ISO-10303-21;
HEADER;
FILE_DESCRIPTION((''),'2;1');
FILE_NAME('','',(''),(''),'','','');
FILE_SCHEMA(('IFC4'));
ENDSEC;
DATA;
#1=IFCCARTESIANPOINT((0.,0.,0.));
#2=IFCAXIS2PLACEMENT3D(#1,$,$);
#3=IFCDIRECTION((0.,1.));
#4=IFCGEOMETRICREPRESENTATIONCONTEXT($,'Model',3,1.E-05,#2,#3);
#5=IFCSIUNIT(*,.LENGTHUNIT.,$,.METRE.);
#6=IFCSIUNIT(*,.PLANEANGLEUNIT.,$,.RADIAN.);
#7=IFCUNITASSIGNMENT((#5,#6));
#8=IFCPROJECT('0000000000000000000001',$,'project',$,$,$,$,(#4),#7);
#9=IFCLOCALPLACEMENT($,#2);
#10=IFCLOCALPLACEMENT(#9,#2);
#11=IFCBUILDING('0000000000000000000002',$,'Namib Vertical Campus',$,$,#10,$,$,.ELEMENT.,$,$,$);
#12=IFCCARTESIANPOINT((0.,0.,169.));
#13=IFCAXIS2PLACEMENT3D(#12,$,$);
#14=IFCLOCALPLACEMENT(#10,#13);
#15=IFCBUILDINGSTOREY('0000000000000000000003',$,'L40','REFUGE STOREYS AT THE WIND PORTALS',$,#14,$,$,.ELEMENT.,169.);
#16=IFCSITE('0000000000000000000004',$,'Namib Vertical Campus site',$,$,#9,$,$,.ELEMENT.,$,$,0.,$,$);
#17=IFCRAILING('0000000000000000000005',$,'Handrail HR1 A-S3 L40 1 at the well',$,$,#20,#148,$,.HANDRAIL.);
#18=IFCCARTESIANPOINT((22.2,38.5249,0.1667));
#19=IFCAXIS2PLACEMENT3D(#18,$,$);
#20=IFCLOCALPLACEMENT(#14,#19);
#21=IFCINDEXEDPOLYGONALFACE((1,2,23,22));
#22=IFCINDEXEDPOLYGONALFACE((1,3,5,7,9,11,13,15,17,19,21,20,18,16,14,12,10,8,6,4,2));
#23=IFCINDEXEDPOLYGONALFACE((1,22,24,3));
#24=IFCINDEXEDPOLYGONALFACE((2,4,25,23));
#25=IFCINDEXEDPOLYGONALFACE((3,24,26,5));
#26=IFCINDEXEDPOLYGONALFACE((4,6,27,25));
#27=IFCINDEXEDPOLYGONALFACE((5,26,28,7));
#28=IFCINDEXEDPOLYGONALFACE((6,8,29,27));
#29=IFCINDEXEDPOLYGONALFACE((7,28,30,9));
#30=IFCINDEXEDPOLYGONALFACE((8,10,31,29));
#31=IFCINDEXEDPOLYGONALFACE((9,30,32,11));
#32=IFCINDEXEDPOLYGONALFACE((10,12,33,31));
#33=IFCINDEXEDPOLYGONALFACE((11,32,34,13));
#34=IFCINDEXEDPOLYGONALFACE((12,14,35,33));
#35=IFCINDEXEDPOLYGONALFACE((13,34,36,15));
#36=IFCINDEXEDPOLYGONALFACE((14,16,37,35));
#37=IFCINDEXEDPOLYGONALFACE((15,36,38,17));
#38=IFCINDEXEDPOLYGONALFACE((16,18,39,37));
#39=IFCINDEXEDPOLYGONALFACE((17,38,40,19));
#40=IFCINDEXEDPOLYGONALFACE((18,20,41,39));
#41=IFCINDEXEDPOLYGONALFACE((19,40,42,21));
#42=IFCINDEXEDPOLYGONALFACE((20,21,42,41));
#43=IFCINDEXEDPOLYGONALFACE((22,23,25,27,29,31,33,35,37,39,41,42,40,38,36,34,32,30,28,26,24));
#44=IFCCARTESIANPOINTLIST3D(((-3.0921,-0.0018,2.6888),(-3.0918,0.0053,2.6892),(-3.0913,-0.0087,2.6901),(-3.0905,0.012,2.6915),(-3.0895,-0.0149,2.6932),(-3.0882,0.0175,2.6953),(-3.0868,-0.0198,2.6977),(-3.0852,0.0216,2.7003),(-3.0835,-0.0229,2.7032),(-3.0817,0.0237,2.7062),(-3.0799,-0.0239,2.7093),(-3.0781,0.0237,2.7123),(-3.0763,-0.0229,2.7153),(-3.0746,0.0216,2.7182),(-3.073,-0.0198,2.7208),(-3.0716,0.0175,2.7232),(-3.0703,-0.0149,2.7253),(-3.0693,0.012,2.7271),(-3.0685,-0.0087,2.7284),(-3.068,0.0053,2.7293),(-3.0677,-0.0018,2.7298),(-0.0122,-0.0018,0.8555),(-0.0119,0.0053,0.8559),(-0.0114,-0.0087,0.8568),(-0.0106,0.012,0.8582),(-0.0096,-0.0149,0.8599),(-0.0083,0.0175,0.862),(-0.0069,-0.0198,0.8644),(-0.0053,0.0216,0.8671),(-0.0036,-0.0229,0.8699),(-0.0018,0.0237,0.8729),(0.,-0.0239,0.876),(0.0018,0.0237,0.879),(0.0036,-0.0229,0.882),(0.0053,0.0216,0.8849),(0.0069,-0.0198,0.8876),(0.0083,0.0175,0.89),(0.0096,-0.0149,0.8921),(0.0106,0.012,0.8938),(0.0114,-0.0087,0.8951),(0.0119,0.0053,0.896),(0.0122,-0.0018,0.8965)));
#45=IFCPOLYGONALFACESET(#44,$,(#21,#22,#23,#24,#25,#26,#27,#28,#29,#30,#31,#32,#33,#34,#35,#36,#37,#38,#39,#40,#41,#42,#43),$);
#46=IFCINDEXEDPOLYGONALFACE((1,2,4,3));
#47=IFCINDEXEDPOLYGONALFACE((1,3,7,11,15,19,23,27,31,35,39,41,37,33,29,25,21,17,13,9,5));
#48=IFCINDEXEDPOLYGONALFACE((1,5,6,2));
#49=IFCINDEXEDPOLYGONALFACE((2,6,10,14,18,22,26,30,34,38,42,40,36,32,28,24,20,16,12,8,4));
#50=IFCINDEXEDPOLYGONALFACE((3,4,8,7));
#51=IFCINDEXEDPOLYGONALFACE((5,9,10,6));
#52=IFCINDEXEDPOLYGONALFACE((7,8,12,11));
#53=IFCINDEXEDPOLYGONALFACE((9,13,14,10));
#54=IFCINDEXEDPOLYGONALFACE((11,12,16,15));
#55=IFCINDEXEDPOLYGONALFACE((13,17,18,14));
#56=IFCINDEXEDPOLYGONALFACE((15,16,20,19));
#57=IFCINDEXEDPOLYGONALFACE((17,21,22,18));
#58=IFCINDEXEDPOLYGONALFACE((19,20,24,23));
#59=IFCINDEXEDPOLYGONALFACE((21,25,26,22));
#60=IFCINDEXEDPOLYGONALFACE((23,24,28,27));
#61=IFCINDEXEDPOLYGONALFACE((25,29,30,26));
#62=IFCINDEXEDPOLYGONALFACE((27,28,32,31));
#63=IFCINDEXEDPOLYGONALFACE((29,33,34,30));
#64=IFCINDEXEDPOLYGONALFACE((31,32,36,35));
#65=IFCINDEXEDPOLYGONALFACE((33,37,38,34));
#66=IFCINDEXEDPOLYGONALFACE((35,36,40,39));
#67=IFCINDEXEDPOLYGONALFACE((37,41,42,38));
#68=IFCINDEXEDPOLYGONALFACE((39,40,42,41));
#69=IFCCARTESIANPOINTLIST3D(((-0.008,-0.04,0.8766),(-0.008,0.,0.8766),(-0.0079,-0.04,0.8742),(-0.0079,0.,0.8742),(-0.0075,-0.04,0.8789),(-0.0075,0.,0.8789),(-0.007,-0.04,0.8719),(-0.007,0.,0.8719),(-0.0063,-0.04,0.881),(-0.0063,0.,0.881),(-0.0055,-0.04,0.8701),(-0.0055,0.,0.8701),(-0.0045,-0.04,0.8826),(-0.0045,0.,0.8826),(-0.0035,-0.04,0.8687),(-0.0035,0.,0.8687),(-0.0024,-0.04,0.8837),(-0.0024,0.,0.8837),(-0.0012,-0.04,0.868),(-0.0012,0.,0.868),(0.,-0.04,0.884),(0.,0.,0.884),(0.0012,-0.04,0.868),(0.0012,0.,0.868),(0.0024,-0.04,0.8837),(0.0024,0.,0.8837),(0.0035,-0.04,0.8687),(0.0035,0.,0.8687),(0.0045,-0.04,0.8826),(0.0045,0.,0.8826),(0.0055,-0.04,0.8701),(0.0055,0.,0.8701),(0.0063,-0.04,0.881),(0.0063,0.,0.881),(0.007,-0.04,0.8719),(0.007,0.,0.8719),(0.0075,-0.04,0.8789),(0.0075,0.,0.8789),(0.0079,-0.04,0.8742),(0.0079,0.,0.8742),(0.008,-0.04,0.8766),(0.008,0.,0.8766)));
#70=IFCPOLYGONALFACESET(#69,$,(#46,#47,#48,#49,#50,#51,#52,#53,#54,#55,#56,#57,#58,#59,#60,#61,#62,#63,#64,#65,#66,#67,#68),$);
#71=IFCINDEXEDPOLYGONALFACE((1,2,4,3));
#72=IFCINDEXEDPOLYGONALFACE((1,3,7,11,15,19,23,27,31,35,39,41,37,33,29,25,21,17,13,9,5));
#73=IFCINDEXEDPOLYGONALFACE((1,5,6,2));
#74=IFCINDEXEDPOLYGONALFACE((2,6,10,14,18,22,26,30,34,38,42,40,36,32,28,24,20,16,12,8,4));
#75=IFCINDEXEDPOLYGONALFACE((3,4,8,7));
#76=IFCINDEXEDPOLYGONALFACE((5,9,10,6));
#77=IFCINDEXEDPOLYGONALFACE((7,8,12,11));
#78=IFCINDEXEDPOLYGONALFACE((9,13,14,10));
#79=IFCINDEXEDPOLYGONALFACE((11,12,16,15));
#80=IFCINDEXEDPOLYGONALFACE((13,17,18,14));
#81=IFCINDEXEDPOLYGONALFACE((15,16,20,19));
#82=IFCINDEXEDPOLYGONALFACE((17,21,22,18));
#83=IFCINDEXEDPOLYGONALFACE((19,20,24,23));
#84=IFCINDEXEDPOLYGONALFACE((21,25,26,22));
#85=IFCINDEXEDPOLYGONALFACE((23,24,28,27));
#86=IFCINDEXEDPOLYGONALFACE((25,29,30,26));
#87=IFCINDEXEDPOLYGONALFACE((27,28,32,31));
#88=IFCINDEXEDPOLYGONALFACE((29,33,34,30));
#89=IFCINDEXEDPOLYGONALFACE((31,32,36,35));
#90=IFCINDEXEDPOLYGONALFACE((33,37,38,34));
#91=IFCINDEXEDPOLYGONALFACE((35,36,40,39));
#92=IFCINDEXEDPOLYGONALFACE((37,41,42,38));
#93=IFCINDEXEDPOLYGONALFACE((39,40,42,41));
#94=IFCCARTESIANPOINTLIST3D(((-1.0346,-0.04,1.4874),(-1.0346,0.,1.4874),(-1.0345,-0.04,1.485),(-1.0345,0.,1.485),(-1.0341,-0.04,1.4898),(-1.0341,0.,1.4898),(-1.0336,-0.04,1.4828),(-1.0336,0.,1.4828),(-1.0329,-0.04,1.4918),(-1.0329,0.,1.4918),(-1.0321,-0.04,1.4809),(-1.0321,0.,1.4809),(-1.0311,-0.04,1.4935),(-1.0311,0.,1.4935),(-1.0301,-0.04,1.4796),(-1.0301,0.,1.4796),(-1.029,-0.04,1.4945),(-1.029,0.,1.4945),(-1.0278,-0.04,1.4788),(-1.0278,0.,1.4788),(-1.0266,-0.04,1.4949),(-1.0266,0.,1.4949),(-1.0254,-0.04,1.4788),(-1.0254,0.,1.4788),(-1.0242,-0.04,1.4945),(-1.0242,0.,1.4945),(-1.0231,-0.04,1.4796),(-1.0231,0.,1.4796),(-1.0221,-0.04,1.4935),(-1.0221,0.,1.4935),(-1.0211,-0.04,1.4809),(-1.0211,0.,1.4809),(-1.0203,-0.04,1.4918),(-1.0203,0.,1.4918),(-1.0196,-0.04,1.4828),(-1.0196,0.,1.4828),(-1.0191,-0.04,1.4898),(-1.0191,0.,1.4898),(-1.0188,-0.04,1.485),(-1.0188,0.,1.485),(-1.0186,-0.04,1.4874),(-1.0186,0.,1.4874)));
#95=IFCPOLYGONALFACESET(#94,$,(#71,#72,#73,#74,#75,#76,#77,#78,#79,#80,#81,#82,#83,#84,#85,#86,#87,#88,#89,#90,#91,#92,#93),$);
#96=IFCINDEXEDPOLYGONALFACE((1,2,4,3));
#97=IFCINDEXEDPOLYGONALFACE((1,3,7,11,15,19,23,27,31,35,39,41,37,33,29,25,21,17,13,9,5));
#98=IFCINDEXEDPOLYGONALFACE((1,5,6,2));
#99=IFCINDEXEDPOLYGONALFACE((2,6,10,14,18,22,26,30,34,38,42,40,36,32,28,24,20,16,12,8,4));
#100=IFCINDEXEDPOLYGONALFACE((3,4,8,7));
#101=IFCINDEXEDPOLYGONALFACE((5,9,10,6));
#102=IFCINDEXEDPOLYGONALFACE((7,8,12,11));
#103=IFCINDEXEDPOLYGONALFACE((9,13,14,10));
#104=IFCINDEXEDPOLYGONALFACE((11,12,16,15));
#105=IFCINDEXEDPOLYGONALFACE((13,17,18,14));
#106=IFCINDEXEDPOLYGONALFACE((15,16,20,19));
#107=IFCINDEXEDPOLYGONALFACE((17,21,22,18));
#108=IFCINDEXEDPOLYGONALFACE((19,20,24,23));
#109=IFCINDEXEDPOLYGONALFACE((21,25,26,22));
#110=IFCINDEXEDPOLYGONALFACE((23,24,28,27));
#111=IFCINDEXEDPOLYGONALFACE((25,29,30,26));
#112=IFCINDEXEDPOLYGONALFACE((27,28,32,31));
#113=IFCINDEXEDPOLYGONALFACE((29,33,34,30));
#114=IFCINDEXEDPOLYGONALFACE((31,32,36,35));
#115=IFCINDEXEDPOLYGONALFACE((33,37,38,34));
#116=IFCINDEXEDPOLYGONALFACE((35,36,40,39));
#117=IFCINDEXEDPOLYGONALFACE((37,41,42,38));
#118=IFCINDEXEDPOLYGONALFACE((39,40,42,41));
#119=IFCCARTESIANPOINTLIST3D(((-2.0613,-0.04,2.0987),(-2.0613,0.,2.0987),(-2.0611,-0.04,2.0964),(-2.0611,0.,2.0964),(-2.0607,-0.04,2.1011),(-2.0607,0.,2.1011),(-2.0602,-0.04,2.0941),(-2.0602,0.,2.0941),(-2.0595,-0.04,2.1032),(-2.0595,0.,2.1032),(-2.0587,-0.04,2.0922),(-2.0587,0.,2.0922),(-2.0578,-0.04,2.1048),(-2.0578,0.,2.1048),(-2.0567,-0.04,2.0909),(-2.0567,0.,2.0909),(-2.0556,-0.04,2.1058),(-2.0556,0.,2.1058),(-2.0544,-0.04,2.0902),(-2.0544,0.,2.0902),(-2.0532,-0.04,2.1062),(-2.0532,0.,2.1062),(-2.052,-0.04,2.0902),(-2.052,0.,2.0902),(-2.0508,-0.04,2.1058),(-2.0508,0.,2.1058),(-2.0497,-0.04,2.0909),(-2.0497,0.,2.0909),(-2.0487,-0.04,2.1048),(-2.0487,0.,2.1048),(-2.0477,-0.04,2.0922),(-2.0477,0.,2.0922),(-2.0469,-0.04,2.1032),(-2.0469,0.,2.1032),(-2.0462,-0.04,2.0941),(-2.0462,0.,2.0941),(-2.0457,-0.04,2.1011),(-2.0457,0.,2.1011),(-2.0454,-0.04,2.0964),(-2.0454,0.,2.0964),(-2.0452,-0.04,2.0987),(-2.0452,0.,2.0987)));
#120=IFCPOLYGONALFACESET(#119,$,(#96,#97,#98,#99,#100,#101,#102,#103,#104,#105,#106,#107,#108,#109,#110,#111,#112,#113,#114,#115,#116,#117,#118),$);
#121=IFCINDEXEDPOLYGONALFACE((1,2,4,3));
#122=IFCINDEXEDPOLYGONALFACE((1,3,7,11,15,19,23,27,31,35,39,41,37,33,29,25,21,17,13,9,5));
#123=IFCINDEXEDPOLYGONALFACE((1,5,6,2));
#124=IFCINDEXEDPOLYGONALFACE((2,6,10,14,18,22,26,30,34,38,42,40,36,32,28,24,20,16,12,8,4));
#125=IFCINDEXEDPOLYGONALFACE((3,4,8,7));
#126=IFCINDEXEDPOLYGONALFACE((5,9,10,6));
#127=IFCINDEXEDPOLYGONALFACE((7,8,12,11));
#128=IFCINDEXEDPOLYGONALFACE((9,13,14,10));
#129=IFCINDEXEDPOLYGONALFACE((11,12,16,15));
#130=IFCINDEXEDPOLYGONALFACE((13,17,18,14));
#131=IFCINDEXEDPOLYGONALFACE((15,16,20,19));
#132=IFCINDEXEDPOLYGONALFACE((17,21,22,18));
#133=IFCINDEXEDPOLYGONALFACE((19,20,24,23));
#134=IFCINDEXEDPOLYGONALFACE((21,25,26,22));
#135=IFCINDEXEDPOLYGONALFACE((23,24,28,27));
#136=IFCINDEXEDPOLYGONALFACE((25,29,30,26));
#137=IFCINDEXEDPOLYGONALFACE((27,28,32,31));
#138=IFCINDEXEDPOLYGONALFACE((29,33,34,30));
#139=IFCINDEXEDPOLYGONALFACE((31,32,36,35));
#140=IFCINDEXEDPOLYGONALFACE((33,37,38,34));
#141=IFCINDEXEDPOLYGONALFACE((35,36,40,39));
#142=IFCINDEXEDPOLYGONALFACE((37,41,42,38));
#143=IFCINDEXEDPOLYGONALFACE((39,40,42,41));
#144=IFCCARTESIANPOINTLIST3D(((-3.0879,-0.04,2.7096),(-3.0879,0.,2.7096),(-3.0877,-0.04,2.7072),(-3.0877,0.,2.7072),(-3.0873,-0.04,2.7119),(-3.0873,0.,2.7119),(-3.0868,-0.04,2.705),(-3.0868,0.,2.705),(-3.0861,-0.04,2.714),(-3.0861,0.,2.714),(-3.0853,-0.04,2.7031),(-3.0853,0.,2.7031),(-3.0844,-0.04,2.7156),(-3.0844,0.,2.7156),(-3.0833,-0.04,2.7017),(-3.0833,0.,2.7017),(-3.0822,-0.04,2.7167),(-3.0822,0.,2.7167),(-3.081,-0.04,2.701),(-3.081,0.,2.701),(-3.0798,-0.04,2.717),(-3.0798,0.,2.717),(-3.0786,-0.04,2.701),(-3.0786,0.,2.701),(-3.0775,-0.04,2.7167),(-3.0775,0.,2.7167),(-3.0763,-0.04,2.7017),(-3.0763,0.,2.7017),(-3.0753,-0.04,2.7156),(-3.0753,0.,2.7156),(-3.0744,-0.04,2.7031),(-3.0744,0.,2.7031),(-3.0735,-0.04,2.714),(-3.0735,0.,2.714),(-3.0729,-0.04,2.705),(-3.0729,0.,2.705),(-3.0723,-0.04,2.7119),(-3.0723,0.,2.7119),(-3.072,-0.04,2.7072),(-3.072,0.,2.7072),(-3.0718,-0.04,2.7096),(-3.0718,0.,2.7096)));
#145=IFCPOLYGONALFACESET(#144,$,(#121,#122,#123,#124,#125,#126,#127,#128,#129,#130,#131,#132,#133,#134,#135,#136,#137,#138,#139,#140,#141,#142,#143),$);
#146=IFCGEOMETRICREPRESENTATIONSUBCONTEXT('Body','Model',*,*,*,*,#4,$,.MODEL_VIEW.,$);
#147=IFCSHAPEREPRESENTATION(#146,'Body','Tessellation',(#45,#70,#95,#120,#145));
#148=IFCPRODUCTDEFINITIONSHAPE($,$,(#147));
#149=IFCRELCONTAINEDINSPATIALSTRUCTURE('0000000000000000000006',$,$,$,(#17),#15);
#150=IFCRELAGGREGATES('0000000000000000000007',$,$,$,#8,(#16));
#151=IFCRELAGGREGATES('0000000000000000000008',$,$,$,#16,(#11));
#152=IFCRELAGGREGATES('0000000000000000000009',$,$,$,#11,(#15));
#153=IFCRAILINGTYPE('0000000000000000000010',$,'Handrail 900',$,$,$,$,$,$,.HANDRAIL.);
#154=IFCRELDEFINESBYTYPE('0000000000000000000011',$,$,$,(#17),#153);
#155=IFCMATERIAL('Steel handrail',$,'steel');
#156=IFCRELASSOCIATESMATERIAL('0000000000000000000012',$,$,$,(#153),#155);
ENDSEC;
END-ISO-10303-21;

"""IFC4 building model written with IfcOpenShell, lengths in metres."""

from ifc_helpers import new_model, si_unit, direction, frame, origin, origin_2d, place, context, subcontext, project, spatial, circle, extrude, material, type_object, element, save


model = new_model("IFC4")

# Units and contexts
model_context = context("Model", 3, precision=1e-05, world=origin(), true_north=direction((0.0, 1.0)))
body_context = subcontext(model_context, "Body", "Model", "MODEL_VIEW")
ifc_project = project(units=[si_unit("LENGTHUNIT", "METRE"), si_unit("PLANEANGLEUNIT", "RADIAN")], contexts=[model_context])

# Site, building, storey
site_placement = place(None, origin())
site = spatial("IfcSite", under=ifc_project, at=site_placement, Name="Namib Vertical Campus site", CompositionType="ELEMENT", RefElevation=0.0)
building_placement = place(site_placement, origin())
building = spatial("IfcBuilding", under=site, at=building_placement, Name="Namib Vertical Campus", CompositionType="ELEMENT")
storey_placement = place(building_placement, frame((0.0, 0.0, 169.0)))
storey = spatial("IfcBuildingStorey", under=building, at=storey_placement, Name="L40", Description="REFUGE STOREYS AT THE WIND PORTALS", CompositionType="ELEMENT", Elevation=169.0)

# Railing
ifc_material_1 = material(Name="Steel handrail", Category="steel")
railing_type_1 = type_object("IfcRailingType", Name="Handrail 900", PredefinedType="HANDRAIL", material=ifc_material_1)
for number, where, name in (
    (1, (22.2, 38.5249, 0.1667), "Handrail HR1 A-S3 L40 1 at the well"),
):
    element("IfcRailing", number, at=place(storey_placement, frame(where)), inside=storey, type_object=railing_type_1, Name=name, PredefinedType="HANDRAIL", context=body_context, shape_type="SweptSolid", body=[
        extrude(circle(Radius=0.0239, at=origin_2d()), frame((0.0, 0.0, 0.876), z_axis=(-0.859291, 0.0, 0.511487), x_axis=(0.0, -1.0, 0.0)), (0.0, 0.0, 1.0), 3.5842),
        extrude(circle(Radius=0.0081, at=origin_2d()), frame((0.0, 0.0, 0.876), z_axis=(0.0, -1.0, 0.0), x_axis=(0.0, 0.0, 1.0)), (0.0, 0.0, 1.0), 0.04),
        extrude(circle(Radius=0.0081, at=origin_2d()), frame((-1.0266, 0.0, 1.4868), z_axis=(0.0, -1.0, 0.0), x_axis=(0.0, 0.0, 1.0)), (0.0, 0.0, 1.0), 0.04),
        extrude(circle(Radius=0.0081, at=origin_2d()), frame((-2.0532, 0.0, 2.0981), z_axis=(0.0, -1.0, 0.0), x_axis=(0.0, 0.0, 1.0)), (0.0, 0.0, 1.0), 0.04),
        extrude(circle(Radius=0.0081, at=origin_2d()), frame((-3.0798, 0.0, 2.709), z_axis=(0.0, -1.0, 0.0), x_axis=(0.0, 0.0, 1.0)), (0.0, 0.0, 1.0), 0.04),
    ])

save(model, "model.ifc")
